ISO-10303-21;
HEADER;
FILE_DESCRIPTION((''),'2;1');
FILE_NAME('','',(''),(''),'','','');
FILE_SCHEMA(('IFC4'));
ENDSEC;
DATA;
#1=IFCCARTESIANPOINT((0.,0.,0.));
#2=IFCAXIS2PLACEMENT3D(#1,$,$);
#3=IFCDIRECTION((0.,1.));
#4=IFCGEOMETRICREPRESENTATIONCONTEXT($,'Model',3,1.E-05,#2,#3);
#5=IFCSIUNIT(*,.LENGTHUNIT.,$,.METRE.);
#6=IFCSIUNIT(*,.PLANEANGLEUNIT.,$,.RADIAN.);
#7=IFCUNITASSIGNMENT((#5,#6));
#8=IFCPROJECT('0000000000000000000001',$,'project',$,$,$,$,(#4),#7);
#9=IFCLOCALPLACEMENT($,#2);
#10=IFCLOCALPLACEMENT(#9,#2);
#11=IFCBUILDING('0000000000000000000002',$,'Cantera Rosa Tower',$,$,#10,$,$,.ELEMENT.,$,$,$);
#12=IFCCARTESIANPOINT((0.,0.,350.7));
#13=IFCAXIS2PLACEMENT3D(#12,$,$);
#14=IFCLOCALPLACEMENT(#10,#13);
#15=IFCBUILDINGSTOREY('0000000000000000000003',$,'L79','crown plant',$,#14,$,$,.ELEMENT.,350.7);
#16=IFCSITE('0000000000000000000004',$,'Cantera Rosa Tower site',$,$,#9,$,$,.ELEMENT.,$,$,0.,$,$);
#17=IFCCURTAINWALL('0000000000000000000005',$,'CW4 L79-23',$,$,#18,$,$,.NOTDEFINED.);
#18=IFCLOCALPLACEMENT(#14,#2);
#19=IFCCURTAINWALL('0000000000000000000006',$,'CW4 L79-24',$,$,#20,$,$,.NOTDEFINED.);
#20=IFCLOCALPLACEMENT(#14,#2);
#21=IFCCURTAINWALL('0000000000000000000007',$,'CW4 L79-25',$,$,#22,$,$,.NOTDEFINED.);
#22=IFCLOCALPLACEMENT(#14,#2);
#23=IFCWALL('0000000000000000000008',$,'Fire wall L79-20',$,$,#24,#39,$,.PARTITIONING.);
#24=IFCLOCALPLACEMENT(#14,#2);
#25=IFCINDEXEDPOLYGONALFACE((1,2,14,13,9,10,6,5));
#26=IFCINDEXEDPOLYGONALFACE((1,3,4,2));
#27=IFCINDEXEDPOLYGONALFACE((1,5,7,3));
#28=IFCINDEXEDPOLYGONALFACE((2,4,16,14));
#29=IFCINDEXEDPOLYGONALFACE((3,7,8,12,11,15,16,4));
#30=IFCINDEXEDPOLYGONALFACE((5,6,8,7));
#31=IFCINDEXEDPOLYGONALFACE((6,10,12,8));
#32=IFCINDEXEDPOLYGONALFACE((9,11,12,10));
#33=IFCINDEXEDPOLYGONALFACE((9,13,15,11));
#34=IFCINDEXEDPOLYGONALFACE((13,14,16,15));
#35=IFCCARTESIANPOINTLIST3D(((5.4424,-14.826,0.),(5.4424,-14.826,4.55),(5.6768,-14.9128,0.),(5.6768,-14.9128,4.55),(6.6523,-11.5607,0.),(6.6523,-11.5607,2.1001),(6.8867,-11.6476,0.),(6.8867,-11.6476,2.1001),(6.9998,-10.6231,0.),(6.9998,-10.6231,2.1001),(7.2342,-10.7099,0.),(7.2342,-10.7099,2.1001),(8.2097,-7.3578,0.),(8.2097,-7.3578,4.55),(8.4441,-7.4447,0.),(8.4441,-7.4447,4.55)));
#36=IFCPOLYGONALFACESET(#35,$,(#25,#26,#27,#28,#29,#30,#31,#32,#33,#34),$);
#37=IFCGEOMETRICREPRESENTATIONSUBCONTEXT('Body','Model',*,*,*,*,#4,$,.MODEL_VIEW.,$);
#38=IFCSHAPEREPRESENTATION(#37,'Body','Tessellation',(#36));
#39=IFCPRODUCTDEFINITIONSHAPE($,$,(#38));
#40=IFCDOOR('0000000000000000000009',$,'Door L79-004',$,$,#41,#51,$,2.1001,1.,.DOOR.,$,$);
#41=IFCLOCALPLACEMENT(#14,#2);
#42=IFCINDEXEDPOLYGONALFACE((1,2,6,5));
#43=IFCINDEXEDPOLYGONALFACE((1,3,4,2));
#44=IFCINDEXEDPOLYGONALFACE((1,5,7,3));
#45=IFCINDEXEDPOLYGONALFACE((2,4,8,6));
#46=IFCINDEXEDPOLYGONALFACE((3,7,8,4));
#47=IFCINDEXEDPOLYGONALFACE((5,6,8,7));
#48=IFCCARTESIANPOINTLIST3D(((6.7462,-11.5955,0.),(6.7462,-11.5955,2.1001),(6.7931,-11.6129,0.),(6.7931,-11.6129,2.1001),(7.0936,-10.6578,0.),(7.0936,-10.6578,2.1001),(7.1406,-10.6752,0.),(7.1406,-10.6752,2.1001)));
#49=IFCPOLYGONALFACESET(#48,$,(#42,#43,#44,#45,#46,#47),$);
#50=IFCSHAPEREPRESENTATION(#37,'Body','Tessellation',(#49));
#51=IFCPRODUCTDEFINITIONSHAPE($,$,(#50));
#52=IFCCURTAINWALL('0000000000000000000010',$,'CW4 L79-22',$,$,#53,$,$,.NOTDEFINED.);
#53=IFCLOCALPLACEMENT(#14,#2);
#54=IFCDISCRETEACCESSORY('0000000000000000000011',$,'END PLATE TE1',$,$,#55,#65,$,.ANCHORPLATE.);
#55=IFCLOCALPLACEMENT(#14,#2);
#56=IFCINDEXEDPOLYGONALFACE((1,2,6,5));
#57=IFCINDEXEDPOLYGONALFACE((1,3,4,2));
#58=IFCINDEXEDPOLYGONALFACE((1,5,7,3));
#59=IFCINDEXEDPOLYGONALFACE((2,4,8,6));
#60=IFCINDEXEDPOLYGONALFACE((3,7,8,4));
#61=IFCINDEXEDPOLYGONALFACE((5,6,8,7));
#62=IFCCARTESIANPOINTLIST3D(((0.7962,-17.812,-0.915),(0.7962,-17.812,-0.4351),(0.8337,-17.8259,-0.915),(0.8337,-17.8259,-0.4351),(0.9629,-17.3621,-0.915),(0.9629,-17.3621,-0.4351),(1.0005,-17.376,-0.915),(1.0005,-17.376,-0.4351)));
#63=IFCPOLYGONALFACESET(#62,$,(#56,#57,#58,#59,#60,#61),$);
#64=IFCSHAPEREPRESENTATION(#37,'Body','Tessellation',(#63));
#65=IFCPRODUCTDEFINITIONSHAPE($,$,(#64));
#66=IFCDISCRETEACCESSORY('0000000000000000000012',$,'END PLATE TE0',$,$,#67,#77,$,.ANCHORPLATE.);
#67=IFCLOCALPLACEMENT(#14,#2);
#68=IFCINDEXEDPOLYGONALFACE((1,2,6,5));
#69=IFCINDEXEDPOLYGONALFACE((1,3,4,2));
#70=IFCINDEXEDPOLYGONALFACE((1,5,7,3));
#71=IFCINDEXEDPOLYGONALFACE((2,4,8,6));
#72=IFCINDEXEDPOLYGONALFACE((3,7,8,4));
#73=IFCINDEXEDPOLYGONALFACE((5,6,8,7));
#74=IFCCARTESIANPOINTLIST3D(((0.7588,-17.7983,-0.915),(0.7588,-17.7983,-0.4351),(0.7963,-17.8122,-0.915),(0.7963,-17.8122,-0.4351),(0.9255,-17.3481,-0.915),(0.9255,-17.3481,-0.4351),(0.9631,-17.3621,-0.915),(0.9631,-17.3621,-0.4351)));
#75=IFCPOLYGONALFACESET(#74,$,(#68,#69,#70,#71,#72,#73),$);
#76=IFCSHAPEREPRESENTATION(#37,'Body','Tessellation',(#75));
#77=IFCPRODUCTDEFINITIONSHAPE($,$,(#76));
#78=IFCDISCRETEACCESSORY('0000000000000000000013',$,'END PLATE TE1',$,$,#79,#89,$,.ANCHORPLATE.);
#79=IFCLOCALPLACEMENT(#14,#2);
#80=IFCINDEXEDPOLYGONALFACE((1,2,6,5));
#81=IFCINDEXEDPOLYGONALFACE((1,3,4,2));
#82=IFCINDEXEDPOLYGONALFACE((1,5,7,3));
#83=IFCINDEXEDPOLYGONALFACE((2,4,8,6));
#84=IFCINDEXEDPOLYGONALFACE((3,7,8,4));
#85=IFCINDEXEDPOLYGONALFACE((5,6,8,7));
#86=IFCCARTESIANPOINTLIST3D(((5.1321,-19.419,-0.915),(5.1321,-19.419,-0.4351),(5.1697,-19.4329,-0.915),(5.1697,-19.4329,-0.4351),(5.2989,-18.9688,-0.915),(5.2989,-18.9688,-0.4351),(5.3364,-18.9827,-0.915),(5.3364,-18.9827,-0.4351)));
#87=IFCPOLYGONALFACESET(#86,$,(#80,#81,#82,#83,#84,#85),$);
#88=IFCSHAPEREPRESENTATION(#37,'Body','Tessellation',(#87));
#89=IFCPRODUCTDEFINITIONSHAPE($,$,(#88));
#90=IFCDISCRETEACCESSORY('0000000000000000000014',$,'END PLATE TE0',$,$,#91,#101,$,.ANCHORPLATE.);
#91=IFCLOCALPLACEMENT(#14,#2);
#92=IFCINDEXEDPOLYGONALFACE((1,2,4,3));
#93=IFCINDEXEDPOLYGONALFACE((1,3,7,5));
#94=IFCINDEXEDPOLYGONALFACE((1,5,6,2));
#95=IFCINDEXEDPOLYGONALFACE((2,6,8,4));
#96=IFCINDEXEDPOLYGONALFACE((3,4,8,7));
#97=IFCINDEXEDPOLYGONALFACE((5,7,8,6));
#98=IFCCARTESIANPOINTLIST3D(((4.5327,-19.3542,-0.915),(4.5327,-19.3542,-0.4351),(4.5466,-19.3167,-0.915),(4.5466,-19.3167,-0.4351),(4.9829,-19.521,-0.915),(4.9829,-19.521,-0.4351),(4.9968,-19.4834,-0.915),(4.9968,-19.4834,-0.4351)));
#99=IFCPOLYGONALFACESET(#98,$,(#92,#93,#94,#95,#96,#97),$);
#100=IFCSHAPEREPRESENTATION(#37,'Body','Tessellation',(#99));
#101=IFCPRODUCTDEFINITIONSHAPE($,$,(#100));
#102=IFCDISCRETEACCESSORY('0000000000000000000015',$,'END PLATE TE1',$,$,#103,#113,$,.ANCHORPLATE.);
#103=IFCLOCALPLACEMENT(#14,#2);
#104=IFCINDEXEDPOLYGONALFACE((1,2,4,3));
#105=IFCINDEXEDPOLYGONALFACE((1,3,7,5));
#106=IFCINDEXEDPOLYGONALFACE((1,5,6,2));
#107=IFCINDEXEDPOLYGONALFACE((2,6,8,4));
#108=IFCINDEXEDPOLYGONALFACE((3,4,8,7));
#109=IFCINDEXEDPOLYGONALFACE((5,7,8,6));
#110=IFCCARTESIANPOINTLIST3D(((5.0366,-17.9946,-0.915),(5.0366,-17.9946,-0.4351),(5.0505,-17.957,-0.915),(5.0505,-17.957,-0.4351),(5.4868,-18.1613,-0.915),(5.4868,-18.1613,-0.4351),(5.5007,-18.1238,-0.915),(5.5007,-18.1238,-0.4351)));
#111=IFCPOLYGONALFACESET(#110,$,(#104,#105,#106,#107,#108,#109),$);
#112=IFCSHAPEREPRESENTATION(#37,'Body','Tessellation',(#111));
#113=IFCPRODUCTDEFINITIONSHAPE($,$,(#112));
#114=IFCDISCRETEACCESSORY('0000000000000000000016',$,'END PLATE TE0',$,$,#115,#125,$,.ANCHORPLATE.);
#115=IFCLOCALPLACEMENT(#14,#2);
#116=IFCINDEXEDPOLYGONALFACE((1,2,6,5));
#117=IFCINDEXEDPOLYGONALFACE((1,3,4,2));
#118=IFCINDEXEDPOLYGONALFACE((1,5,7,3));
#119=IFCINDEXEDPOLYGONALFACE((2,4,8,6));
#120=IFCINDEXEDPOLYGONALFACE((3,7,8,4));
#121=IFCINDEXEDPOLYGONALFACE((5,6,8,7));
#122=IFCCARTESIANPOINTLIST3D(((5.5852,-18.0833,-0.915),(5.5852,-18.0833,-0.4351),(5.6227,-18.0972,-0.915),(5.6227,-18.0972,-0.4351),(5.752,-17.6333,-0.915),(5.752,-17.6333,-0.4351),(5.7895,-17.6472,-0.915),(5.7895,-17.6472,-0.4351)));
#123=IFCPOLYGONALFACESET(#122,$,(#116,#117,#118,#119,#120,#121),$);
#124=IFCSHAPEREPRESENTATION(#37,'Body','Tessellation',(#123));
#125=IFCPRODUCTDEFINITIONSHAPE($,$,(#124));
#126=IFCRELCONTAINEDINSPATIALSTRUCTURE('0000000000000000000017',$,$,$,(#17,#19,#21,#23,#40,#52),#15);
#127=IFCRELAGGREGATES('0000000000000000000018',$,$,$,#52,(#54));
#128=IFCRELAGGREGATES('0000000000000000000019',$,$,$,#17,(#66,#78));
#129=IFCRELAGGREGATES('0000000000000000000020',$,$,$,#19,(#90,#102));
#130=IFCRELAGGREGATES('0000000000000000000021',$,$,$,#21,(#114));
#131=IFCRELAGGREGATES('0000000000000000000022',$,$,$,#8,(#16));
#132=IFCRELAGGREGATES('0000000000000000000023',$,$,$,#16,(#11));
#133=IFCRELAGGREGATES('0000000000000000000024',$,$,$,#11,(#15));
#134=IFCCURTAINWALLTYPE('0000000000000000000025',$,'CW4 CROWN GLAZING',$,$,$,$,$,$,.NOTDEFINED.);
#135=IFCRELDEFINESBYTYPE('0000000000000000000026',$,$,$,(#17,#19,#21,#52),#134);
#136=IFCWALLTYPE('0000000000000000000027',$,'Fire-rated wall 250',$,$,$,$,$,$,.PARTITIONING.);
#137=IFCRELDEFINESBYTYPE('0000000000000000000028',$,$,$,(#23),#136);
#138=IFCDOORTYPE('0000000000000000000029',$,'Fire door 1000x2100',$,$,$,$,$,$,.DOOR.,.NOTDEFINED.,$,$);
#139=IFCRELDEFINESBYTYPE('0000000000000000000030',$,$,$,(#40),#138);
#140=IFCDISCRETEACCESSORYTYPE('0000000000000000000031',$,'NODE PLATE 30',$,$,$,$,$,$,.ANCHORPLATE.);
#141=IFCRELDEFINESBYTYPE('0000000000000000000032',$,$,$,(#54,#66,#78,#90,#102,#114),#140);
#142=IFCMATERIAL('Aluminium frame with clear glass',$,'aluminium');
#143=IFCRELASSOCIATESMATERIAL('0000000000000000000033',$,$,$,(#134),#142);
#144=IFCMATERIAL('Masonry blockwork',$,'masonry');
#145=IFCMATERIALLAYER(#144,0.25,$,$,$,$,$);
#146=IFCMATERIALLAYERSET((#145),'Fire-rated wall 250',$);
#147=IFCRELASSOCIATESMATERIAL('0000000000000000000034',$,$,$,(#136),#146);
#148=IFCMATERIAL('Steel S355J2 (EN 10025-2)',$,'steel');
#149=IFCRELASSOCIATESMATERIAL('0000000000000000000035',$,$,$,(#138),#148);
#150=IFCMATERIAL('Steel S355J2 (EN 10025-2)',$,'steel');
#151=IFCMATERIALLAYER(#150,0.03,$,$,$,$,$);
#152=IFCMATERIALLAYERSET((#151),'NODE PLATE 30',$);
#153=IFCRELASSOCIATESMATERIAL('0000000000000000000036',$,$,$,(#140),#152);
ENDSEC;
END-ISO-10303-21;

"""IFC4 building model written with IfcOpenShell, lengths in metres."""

from ifc_helpers import new_model, si_unit, direction, frame, frame_2d, origin, place, context, subcontext, project, spatial, polyline, rectangle, outline, extrude, material, layer, layer_set, type_object, element, fill, aggregate, save


model = new_model("IFC4")

# Units and contexts
model_context = context("Model", 3, precision=1e-05, world=origin(), true_north=direction((0.0, 1.0)))
body_context = subcontext(model_context, "Body", "Model", "MODEL_VIEW")
ifc_project = project(units=[si_unit("LENGTHUNIT", "METRE"), si_unit("PLANEANGLEUNIT", "RADIAN")], contexts=[model_context])

# Site, building, storey
site_placement = place(None, origin())
site = spatial("IfcSite", under=ifc_project, at=site_placement, Name="Cantera Rosa Tower site", CompositionType="ELEMENT", RefElevation=0.0)
building_placement = place(site_placement, origin())
building = spatial("IfcBuilding", under=site, at=building_placement, Name="Cantera Rosa Tower", CompositionType="ELEMENT")
storey_placement = place(building_placement, frame((0.0, 0.0, 350.7)))
storey = spatial("IfcBuildingStorey", under=building, at=storey_placement, Name="L79", Description="crown plant", CompositionType="ELEMENT", Elevation=350.7)

# Curtain walls
ifc_material_1 = material(Name="Aluminium frame with clear glass", Category="aluminium")
curtain_wall_type = type_object("IfcCurtainWallType", Name="CW4 CROWN GLAZING", PredefinedType="NOTDEFINED", material=ifc_material_1)
curtain_wall_1_placement = place(storey_placement, origin())
curtain_wall_1 = element("IfcCurtainWall", 1, at=curtain_wall_1_placement, inside=storey, type_object=curtain_wall_type, Name="CW4 L79-23", PredefinedType="NOTDEFINED")
curtain_wall_2_placement = place(storey_placement, origin())
curtain_wall_2 = element("IfcCurtainWall", 2, at=curtain_wall_2_placement, inside=storey, type_object=curtain_wall_type, Name="CW4 L79-24", PredefinedType="NOTDEFINED")
curtain_wall_3_placement = place(storey_placement, origin())
curtain_wall_3 = element("IfcCurtainWall", 3, at=curtain_wall_3_placement, inside=storey, type_object=curtain_wall_type, Name="CW4 L79-25", PredefinedType="NOTDEFINED")

# Shared definitions
ifc_material_2 = material(Name="Masonry blockwork", Category="masonry")
ifc_layer_1 = layer(ifc_material_2, 0.25)
ifc_layer_set_1 = layer_set([ifc_layer_1], Name="Fire-rated wall 250")
wall_type_1 = type_object("IfcWallType", Name="Fire-rated wall 250", PredefinedType="PARTITIONING", material=ifc_layer_set_1)

# Shared definitions
ifc_material_3 = material(Name="Steel S355J2 (EN 10025-2)", Category="steel")
door_type = type_object("IfcDoorType", Name="Fire door 1000x2100", OperationType="NOTDEFINED", PredefinedType="DOOR", material=ifc_material_3)

# Wall, opening, door
wall_1_placement = place(storey_placement, frame((5.5596, -14.8694, 0.0), z_axis=(0.0, 0.0, 1.0), x_axis=(0.347469, 0.937691, 0.0)))
wall_1 = element("IfcWall", 4, at=wall_1_placement, inside=storey, type_object=wall_type_1, Name="Fire wall L79-20", PredefinedType="PARTITIONING", context=body_context, shape_type="SweptSolid", body=[
    extrude(rectangle(XDim=7.9644, YDim=0.25, at=frame_2d((3.9822, 0.0))), origin(), (0.0, 0.0, 1.0), 4.55),
])
opening_1_placement = place(wall_1_placement, frame((3.4822, 0.0, 0.0)))
opening_1 = element("IfcOpeningElement", 5, at=opening_1_placement, cuts=wall_1, PredefinedType="OPENING", context=body_context, shape_type="SweptSolid", body=[
    extrude(rectangle(XDim=1.0, YDim=2.1001, at=frame_2d((0.5, 1.05))), frame((0.0, 0.135, 0.0), z_axis=(0.0, -1.0, 0.0), x_axis=(1.0, 0.0, 0.0)), (0.0, 0.0, 1.0), 0.27),
])
door_1_placement = place(opening_1_placement, origin())
door_1 = element("IfcDoor", 6, at=door_1_placement, inside=storey, type_object=door_type, Name="Door L79-004", OverallHeight=2.1001, OverallWidth=1.0, PredefinedType="DOOR", context=body_context, shape_type="SweptSolid", body=[
    extrude(rectangle(XDim=1.0, YDim=2.1001, at=frame_2d((0.5, 1.05))), frame((0.0, 0.0249, 0.0), z_axis=(0.0, -1.0, 0.0), x_axis=(1.0, 0.0, 0.0)), (0.0, 0.0, 1.0), 0.05),
])
fill(opening_1, door_1)

# Curtain wall, discrete accessory
curtain_wall_4_placement = place(storey_placement, origin())
curtain_wall_4 = element("IfcCurtainWall", 7, at=curtain_wall_4_placement, inside=storey, type_object=curtain_wall_type, Name="CW4 L79-22", PredefinedType="NOTDEFINED")
ifc_material_4 = material(Name="Steel S355J2 (EN 10025-2)", Category="steel")
ifc_layer_2 = layer(ifc_material_4, 0.03)
ifc_layer_set_2 = layer_set([ifc_layer_2], Name="NODE PLATE 30")
discrete_accessory_type = type_object("IfcDiscreteAccessoryType", Name="NODE PLATE 30", PredefinedType="ANCHORPLATE", material=ifc_layer_set_2)
discrete_accessory_1_placement = place(storey_placement, frame((1.0005, -17.376, -0.4351), z_axis=(0.937681, -0.347497, 0.0), x_axis=(-0.347497, -0.937681, 0.0)))
discrete_accessory_1 = element("IfcDiscreteAccessory", 8, at=discrete_accessory_1_placement, type_object=discrete_accessory_type, Name="END PLATE TE1", PredefinedType="ANCHORPLATE", context=body_context, shape_type="SweptSolid", body=[
    extrude(outline(polyline([(0.0, 0.0), (0.4799, 0.0), (0.4799, 0.48), (0.0, 0.48), (0.0, 0.0)])), origin(), (0.0, 0.0, -1.0), 0.04),
])
aggregate(curtain_wall_4, [discrete_accessory_1])

# Discrete accessories
discrete_accessory_2_placement = place(storey_placement, frame((0.7588, -17.7983, -0.4351), z_axis=(-0.937743, 0.347331, 0.0), x_axis=(0.347331, 0.937743, 0.0)))
discrete_accessory_2 = element("IfcDiscreteAccessory", 9, at=discrete_accessory_2_placement, type_object=discrete_accessory_type, Name="END PLATE TE0", PredefinedType="ANCHORPLATE", context=body_context, shape_type="SweptSolid", body=[
    extrude(outline(polyline([(0.0, 0.0), (0.4801, 0.0), (0.4801, 0.48), (0.0, 0.48), (0.0, 0.0)])), origin(), (0.0, 0.0, -1.0), 0.04),
])
discrete_accessory_3_placement = place(storey_placement, frame((5.3364, -18.9827, -0.4351), z_axis=(0.937743, -0.347331, 0.0), x_axis=(-0.347331, -0.937743, 0.0)))
discrete_accessory_3 = element("IfcDiscreteAccessory", 10, at=discrete_accessory_3_placement, type_object=discrete_accessory_type, Name="END PLATE TE1", PredefinedType="ANCHORPLATE", context=body_context, shape_type="SweptSolid", body=[
    extrude(outline(polyline([(0.0, 0.0), (0.4801, 0.0), (0.4801, 0.48), (0.0, 0.48), (0.0, 0.0)])), origin(), (0.0, 0.0, -1.0), 0.04),
])
aggregate(curtain_wall_1, [discrete_accessory_2, discrete_accessory_3])
discrete_accessory_4_placement = place(storey_placement, frame((4.9829, -19.521, -0.4351), z_axis=(-0.347331, -0.937743, 0.0), x_axis=(-0.937743, 0.347331, 0.0)))
discrete_accessory_4 = element("IfcDiscreteAccessory", 11, at=discrete_accessory_4_placement, type_object=discrete_accessory_type, Name="END PLATE TE0", PredefinedType="ANCHORPLATE", context=body_context, shape_type="SweptSolid", body=[
    extrude(outline(polyline([(0.0, 0.0), (0.4801, 0.0), (0.4801, 0.48), (0.0, 0.48), (0.0, 0.0)])), origin(), (0.0, 0.0, -1.0), 0.04),
])
discrete_accessory_5_placement = place(storey_placement, frame((5.0505, -17.957, -0.4351), z_axis=(0.347331, 0.937743, 0.0), x_axis=(0.937743, -0.347331, 0.0)))
discrete_accessory_5 = element("IfcDiscreteAccessory", 12, at=discrete_accessory_5_placement, type_object=discrete_accessory_type, Name="END PLATE TE1", PredefinedType="ANCHORPLATE", context=body_context, shape_type="SweptSolid", body=[
    extrude(outline(polyline([(0.0, 0.0), (0.4801, 0.0), (0.4801, 0.48), (0.0, 0.48), (0.0, 0.0)])), origin(), (0.0, 0.0, -1.0), 0.04),
])
aggregate(curtain_wall_2, [discrete_accessory_4, discrete_accessory_5])
discrete_accessory_6_placement = place(storey_placement, frame((5.5852, -18.0833, -0.4351), z_axis=(-0.937681, 0.347497, 0.0), x_axis=(0.347497, 0.937681, 0.0)))
discrete_accessory_6 = element("IfcDiscreteAccessory", 13, at=discrete_accessory_6_placement, type_object=discrete_accessory_type, Name="END PLATE TE0", PredefinedType="ANCHORPLATE", context=body_context, shape_type="SweptSolid", body=[
    extrude(outline(polyline([(0.0, 0.0), (0.4799, 0.0), (0.4799, 0.48), (0.0, 0.48), (0.0, 0.0)])), origin(), (0.0, 0.0, -1.0), 0.04),
])
aggregate(curtain_wall_3, [discrete_accessory_6])

save(model, "model.ifc")
